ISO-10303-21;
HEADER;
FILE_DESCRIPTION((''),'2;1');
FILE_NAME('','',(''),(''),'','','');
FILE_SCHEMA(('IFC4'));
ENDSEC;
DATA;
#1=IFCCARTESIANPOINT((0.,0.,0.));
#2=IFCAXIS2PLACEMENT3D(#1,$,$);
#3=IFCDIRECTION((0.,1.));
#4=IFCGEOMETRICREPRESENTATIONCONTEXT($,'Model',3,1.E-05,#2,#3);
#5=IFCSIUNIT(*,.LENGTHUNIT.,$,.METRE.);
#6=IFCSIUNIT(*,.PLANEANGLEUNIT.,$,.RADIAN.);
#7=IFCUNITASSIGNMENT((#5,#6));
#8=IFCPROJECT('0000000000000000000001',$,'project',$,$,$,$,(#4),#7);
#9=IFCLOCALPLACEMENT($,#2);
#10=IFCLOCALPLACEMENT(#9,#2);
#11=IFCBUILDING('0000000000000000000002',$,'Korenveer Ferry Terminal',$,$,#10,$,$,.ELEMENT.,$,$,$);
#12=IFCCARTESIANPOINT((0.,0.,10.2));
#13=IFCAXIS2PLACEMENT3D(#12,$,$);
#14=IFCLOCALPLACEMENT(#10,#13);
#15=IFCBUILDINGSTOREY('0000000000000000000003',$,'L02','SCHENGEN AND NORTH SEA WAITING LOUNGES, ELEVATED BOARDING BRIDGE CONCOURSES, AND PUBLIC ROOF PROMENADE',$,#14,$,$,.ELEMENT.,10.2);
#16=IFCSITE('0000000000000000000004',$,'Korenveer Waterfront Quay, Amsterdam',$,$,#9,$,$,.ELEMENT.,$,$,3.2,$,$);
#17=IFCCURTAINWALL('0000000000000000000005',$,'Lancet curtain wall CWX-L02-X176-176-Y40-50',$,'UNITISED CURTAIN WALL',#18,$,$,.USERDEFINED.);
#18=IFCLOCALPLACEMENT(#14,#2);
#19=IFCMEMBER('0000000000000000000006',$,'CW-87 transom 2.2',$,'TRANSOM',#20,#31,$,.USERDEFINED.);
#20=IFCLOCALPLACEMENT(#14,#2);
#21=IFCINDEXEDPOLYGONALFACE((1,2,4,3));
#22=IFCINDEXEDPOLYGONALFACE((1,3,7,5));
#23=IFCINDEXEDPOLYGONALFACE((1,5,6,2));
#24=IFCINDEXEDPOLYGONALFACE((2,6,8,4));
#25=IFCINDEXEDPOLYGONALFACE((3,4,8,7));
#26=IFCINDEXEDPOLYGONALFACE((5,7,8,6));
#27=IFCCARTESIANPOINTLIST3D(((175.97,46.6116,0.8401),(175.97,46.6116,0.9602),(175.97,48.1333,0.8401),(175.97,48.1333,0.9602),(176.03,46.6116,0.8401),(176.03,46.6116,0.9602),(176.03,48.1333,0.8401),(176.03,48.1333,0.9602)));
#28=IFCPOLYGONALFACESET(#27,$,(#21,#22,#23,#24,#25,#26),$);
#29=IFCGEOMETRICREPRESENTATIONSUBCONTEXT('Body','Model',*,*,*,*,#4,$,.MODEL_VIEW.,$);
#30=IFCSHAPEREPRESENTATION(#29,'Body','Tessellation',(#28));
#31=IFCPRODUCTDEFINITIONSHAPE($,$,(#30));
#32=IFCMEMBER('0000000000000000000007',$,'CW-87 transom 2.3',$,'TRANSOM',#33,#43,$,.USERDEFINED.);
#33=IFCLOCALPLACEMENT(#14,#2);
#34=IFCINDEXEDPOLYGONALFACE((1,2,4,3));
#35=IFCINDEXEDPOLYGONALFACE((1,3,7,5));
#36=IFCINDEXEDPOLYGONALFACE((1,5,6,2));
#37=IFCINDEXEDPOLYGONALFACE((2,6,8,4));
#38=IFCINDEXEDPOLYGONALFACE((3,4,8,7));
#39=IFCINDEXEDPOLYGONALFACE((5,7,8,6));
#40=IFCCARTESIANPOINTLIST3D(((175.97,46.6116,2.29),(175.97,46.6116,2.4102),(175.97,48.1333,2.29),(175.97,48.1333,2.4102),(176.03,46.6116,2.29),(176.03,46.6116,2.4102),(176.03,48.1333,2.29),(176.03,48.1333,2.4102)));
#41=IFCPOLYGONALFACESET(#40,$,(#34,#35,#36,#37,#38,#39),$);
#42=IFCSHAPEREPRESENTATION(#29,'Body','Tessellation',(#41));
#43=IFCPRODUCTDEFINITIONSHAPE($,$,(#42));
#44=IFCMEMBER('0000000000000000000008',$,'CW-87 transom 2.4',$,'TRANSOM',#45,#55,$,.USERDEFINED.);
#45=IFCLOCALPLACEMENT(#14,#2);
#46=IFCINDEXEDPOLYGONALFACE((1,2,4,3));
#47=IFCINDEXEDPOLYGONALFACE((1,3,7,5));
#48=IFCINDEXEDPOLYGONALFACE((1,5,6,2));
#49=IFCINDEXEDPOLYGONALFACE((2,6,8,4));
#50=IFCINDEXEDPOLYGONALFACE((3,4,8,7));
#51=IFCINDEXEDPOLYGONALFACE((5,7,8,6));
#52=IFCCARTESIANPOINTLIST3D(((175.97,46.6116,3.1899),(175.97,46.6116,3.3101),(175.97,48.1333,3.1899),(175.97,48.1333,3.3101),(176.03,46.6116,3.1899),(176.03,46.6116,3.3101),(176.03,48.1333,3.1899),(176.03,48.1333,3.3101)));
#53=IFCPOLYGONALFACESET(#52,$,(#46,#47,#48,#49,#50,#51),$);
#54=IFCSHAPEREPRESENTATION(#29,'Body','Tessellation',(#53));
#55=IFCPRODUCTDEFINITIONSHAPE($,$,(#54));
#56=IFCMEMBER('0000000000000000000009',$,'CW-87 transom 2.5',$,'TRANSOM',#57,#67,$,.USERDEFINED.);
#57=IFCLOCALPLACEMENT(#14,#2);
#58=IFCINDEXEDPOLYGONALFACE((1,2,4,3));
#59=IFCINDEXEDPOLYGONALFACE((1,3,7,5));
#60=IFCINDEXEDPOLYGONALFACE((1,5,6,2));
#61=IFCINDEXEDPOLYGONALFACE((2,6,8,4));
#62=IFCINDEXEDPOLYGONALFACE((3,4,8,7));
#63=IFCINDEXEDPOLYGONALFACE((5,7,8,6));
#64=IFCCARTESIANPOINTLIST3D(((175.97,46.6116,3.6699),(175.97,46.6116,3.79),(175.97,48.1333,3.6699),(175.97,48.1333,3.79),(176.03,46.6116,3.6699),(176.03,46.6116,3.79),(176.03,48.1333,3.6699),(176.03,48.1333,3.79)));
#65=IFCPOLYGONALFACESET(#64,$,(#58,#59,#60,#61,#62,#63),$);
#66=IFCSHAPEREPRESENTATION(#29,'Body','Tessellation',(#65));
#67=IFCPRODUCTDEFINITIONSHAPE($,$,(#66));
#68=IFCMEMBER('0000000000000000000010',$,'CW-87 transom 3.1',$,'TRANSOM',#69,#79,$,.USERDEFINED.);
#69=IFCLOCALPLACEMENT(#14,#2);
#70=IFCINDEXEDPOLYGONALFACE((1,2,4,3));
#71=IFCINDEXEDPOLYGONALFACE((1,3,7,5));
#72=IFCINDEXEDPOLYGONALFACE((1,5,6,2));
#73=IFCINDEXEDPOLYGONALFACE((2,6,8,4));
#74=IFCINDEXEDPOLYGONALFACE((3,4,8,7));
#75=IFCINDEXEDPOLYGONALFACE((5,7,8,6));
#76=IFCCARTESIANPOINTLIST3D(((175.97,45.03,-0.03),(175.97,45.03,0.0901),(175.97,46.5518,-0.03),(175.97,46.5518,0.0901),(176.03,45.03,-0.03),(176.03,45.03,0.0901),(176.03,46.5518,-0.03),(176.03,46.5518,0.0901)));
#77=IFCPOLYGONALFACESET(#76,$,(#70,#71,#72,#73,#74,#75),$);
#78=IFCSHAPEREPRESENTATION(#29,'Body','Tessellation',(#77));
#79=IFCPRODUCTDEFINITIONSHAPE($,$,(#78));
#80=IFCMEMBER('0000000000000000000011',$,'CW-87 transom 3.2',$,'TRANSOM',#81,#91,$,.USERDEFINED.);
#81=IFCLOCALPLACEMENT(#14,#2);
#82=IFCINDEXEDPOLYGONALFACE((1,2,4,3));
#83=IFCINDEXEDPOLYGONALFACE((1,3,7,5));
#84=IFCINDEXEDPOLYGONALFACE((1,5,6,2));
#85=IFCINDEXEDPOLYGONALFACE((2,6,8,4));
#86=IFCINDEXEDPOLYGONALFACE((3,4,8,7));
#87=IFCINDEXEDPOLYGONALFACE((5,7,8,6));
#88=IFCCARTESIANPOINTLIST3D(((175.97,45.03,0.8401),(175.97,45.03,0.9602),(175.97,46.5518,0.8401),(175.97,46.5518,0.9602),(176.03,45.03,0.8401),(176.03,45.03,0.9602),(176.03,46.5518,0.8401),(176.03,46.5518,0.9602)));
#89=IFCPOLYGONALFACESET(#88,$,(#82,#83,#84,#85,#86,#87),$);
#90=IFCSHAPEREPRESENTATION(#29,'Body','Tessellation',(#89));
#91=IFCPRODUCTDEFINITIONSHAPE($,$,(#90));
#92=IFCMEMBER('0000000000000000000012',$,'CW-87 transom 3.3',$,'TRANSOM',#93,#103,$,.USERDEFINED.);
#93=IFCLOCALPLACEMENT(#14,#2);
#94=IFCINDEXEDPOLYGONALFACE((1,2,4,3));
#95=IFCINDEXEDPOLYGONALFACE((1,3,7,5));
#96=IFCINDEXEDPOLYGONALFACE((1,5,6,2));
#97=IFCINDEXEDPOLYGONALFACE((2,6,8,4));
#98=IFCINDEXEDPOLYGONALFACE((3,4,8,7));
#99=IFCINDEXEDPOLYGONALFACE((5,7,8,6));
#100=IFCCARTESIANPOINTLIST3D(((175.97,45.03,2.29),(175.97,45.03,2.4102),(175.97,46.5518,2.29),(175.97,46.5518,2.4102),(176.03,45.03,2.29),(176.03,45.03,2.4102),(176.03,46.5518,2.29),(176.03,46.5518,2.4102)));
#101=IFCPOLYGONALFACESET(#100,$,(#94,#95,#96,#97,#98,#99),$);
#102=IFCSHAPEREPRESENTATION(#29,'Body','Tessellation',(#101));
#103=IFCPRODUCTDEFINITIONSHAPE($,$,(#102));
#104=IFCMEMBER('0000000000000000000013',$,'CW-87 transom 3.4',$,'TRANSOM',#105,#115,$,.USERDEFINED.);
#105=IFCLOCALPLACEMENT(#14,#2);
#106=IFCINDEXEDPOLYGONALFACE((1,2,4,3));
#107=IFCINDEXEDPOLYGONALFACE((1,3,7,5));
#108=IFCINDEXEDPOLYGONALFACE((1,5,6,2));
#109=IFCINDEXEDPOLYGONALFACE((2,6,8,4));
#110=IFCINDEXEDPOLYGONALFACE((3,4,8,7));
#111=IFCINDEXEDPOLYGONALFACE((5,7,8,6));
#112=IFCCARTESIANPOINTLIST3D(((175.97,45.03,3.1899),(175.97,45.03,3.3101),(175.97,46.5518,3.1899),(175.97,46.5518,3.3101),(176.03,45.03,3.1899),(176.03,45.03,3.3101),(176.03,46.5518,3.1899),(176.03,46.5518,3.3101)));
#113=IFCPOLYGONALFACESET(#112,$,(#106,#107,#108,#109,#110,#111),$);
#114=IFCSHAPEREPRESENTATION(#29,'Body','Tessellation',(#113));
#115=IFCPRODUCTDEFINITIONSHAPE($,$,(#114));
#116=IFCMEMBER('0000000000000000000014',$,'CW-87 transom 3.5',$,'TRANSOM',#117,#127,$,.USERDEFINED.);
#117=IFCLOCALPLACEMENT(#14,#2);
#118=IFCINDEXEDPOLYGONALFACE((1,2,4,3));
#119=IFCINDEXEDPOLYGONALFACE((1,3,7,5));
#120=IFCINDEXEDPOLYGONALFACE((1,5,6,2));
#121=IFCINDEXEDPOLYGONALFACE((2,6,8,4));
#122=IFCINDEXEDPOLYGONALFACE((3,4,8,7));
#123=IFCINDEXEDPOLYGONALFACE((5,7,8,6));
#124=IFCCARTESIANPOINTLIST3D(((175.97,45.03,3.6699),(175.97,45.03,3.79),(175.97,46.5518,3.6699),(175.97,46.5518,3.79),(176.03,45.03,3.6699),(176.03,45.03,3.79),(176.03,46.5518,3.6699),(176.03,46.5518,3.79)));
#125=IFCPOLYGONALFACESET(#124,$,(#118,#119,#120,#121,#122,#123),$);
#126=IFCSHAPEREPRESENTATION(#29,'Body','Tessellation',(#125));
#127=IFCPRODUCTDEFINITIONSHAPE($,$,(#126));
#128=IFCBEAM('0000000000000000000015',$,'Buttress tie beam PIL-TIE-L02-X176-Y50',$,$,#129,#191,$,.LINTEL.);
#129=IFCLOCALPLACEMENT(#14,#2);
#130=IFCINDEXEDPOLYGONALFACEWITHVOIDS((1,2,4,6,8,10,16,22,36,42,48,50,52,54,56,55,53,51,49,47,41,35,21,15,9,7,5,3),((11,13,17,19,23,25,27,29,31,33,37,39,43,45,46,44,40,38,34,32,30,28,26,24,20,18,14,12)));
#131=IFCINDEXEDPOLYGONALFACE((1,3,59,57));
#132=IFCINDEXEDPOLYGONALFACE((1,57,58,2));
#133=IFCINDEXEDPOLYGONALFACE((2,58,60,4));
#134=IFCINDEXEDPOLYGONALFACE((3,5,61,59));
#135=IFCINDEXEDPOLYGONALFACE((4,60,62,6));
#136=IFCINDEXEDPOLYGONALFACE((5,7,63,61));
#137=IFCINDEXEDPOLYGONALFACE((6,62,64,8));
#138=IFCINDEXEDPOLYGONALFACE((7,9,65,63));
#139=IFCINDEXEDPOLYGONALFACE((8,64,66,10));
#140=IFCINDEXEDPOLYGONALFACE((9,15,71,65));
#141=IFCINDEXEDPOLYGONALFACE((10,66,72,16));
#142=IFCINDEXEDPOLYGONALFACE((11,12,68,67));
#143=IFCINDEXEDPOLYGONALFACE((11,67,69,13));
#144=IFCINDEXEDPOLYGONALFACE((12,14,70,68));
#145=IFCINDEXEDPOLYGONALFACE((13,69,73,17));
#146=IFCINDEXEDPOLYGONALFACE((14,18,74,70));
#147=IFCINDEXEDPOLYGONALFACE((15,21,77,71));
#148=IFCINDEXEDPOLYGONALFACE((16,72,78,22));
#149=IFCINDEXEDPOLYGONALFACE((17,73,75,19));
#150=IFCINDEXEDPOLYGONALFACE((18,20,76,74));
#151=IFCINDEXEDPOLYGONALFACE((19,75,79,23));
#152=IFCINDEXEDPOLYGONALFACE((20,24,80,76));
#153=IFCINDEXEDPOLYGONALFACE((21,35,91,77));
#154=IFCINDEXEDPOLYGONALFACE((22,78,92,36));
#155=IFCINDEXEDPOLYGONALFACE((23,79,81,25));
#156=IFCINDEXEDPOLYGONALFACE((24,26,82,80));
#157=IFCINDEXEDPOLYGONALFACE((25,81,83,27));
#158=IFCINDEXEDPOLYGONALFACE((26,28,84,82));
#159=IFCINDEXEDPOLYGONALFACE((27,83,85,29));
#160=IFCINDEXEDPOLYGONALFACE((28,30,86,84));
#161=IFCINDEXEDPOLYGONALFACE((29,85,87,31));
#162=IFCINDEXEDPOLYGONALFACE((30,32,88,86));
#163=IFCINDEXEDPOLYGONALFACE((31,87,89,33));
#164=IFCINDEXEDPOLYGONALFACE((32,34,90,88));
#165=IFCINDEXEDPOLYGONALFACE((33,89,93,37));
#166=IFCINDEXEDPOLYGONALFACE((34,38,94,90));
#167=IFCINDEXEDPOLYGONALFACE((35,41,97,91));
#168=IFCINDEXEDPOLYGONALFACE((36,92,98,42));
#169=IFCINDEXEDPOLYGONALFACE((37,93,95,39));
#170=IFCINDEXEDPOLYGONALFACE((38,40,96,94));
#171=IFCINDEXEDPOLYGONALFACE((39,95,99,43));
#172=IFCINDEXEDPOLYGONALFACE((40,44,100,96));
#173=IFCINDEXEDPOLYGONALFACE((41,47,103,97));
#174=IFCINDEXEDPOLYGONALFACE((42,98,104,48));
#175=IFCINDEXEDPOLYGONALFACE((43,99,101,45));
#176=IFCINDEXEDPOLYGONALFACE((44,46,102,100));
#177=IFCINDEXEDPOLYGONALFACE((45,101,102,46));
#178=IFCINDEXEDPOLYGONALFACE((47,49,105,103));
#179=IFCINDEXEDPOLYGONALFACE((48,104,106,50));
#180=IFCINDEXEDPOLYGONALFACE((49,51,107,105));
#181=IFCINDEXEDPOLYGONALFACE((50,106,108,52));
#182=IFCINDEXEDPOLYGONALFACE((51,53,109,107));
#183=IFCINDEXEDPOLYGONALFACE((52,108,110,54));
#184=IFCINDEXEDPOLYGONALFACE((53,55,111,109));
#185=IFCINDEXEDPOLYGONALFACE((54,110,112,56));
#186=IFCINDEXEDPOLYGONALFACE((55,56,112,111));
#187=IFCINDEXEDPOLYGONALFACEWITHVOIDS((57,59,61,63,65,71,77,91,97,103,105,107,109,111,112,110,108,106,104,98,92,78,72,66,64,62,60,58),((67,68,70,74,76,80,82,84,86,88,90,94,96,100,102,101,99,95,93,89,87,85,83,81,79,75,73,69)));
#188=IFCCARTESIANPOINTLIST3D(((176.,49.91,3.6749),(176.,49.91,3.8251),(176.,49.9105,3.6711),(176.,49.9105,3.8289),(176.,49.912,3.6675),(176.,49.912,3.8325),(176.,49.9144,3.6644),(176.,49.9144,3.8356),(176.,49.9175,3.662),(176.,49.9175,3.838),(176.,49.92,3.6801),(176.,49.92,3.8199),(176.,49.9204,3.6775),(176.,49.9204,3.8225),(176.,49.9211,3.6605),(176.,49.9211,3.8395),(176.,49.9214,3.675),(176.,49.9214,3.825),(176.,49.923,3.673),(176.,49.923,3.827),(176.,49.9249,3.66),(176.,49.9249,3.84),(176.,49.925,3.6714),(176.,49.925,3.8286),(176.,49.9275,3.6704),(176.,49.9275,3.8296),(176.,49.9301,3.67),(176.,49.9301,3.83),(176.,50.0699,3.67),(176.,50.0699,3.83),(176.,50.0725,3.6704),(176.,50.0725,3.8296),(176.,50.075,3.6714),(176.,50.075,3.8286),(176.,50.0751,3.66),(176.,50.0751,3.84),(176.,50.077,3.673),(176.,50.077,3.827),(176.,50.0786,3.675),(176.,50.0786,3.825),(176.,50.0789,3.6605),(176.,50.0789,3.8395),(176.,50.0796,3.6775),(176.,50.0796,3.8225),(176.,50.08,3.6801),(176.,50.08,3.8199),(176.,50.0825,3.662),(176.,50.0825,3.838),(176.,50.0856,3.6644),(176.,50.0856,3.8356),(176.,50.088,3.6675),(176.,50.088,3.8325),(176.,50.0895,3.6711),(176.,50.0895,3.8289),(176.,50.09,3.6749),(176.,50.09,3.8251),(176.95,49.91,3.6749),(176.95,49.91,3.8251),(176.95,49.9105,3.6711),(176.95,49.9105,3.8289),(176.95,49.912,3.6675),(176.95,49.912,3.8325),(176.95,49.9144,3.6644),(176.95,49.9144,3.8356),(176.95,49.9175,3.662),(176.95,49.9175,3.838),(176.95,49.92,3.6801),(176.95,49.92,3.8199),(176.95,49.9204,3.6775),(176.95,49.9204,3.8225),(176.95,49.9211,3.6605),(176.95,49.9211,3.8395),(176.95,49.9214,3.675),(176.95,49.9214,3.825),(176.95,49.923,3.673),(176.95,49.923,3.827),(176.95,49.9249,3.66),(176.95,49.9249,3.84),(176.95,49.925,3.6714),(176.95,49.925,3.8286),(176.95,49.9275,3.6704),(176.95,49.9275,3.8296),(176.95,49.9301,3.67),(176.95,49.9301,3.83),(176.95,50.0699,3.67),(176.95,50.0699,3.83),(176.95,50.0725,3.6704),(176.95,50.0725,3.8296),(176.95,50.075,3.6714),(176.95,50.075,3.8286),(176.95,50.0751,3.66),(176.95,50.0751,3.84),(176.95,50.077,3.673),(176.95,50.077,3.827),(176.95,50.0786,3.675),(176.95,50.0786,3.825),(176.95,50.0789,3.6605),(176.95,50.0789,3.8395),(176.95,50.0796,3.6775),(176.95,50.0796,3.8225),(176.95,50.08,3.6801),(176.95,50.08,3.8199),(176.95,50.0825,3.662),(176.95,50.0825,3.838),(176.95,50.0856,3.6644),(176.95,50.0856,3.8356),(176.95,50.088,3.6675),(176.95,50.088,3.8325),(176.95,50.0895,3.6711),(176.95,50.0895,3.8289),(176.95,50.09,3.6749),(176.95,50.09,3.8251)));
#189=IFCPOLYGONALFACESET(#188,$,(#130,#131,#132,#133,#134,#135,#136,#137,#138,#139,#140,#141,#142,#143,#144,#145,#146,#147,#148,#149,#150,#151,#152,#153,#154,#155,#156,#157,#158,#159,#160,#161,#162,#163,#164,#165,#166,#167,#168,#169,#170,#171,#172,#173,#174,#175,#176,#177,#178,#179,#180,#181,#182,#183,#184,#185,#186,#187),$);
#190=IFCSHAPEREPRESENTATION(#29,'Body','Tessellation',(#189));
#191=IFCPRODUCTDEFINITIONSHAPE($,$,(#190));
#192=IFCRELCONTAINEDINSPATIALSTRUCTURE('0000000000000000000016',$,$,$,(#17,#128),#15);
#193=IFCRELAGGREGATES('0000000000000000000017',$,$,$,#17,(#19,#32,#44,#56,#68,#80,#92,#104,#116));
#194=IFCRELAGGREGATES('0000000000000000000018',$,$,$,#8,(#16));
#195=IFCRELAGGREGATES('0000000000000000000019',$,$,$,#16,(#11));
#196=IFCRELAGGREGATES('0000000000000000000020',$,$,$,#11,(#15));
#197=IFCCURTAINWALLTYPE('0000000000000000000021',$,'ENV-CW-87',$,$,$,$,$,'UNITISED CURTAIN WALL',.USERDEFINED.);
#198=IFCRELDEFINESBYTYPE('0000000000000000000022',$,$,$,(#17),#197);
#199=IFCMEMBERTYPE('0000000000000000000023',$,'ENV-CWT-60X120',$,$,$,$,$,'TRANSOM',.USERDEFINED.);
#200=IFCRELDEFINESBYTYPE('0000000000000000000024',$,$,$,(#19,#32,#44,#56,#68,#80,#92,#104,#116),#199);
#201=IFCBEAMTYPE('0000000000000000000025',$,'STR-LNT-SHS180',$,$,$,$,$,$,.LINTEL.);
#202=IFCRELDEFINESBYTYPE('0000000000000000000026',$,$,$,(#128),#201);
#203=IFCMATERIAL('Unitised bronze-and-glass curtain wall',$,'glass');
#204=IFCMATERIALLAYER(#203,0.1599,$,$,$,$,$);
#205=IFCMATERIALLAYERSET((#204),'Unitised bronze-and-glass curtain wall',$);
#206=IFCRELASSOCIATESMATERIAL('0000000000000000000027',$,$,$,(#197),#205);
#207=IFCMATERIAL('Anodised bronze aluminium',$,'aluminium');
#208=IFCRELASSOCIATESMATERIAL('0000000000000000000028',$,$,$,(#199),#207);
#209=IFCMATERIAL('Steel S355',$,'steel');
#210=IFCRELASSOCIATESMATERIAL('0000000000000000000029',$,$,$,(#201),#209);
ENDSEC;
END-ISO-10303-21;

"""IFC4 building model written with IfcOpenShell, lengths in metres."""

from ifc_helpers import new_model, si_unit, direction, frame, origin, origin_2d, place, context, subcontext, project, spatial, rectangle, hollow_rectangle, extrude, material, layer, layer_set, material_profile, profile_set, type_object, element, aggregate, save


model = new_model("IFC4")

# Units and contexts
model_context = context("Model", 3, precision=1e-05, world=origin(), true_north=direction((0.0, 1.0)))
body_context = subcontext(model_context, "Body", "Model", "MODEL_VIEW")
ifc_project = project(units=[si_unit("LENGTHUNIT", "METRE"), si_unit("PLANEANGLEUNIT", "RADIAN")], contexts=[model_context])

# Site, building, storey
site_placement = place(None, origin())
site = spatial("IfcSite", under=ifc_project, at=site_placement, Name="Korenveer Waterfront Quay, Amsterdam", CompositionType="ELEMENT", RefElevation=3.2)
building_placement = place(site_placement, origin())
building = spatial("IfcBuilding", under=site, at=building_placement, Name="Korenveer Ferry Terminal", CompositionType="ELEMENT")
storey_placement = place(building_placement, frame((0.0, 0.0, 10.2)))
storey = spatial("IfcBuildingStorey", under=building, at=storey_placement, Name="L02", Description="SCHENGEN AND NORTH SEA WAITING LOUNGES, ELEVATED BOARDING BRIDGE CONCOURSES, AND PUBLIC ROOF PROMENADE", CompositionType="ELEMENT", Elevation=10.2)

# Shared definitions
ifc_material_1 = material(Name="Steel S355", Category="steel")

# Curtain wall, members
ifc_material_2 = material(Name="Unitised bronze-and-glass curtain wall", Category="glass")
ifc_layer_1 = layer(ifc_material_2, 0.1599)
ifc_layer_set_1 = layer_set([ifc_layer_1], Name="Unitised bronze-and-glass curtain wall")
curtain_wall_type = type_object("IfcCurtainWallType", Name="ENV-CW-87", ElementType="UNITISED CURTAIN WALL", PredefinedType="USERDEFINED", material=ifc_layer_set_1)
curtain_wall_placement = place(storey_placement, frame((176.0, 49.7451, 0.0)))
curtain_wall = element("IfcCurtainWall", 1, at=curtain_wall_placement, inside=storey, type_object=curtain_wall_type, Name="Lancet curtain wall CWX-L02-X176-176-Y40-50", ObjectType="UNITISED CURTAIN WALL", PredefinedType="USERDEFINED")
ifc_material_3 = material(Name="Anodised bronze aluminium", Category="aluminium")
ifc_material_profile_1 = material_profile(ifc_material_3, rectangle(XDim=0.0601, YDim=0.1201, at=origin_2d()), Name="ALU 60x120")
ifc_profile_set_1 = profile_set([ifc_material_profile_1], Name="Anodised bronze aluminium")
member_type_1 = type_object("IfcMemberType", Name="ENV-CWT-60X120", ElementType="TRANSOM", PredefinedType="USERDEFINED", material=ifc_profile_set_1)
member_1_placement = place(storey_placement, frame((176.0, 48.1333, 0.9001), z_axis=(0.0, -1.0, 0.0), x_axis=(1.0, 0.0, 0.0)))
member_1 = element("IfcMember", 2, at=member_1_placement, type_object=member_type_1, Name="CW-87 transom 2.2", ObjectType="TRANSOM", PredefinedType="USERDEFINED", context=body_context, shape_type="SweptSolid", body=[
    extrude(rectangle(XDim=0.0601, YDim=0.1201, at=origin_2d()), origin(), (0.0, 0.0, 1.0), 1.5217),
])
member_2_placement = place(storey_placement, frame((176.0, 48.1333, 2.3501), z_axis=(0.0, -1.0, 0.0), x_axis=(1.0, 0.0, 0.0)))
member_2 = element("IfcMember", 3, at=member_2_placement, type_object=member_type_1, Name="CW-87 transom 2.3", ObjectType="TRANSOM", PredefinedType="USERDEFINED", context=body_context, shape_type="SweptSolid", body=[
    extrude(rectangle(XDim=0.0601, YDim=0.1201, at=origin_2d()), origin(), (0.0, 0.0, 1.0), 1.5217),
])
member_3_placement = place(storey_placement, frame((176.0, 48.1333, 3.25), z_axis=(0.0, -1.0, 0.0), x_axis=(1.0, 0.0, 0.0)))
member_3 = element("IfcMember", 4, at=member_3_placement, type_object=member_type_1, Name="CW-87 transom 2.4", ObjectType="TRANSOM", PredefinedType="USERDEFINED", context=body_context, shape_type="SweptSolid", body=[
    extrude(rectangle(XDim=0.0601, YDim=0.1201, at=origin_2d()), origin(), (0.0, 0.0, 1.0), 1.5217),
])
member_4_placement = place(storey_placement, frame((176.0, 48.1333, 3.73), z_axis=(0.0, -1.0, 0.0), x_axis=(1.0, 0.0, 0.0)))
member_4 = element("IfcMember", 5, at=member_4_placement, type_object=member_type_1, Name="CW-87 transom 2.5", ObjectType="TRANSOM", PredefinedType="USERDEFINED", context=body_context, shape_type="SweptSolid", body=[
    extrude(rectangle(XDim=0.0601, YDim=0.1201, at=origin_2d()), origin(), (0.0, 0.0, 1.0), 1.5217),
])
member_5_placement = place(storey_placement, frame((176.0, 46.5518, 0.03), z_axis=(0.0, -1.0, 0.0), x_axis=(1.0, 0.0, 0.0)))
member_5 = element("IfcMember", 6, at=member_5_placement, type_object=member_type_1, Name="CW-87 transom 3.1", ObjectType="TRANSOM", PredefinedType="USERDEFINED", context=body_context, shape_type="SweptSolid", body=[
    extrude(rectangle(XDim=0.0601, YDim=0.1201, at=origin_2d()), origin(), (0.0, 0.0, 1.0), 1.5217),
])
member_6_placement = place(storey_placement, frame((176.0, 46.5518, 0.9001), z_axis=(0.0, -1.0, 0.0), x_axis=(1.0, 0.0, 0.0)))
member_6 = element("IfcMember", 7, at=member_6_placement, type_object=member_type_1, Name="CW-87 transom 3.2", ObjectType="TRANSOM", PredefinedType="USERDEFINED", context=body_context, shape_type="SweptSolid", body=[
    extrude(rectangle(XDim=0.0601, YDim=0.1201, at=origin_2d()), origin(), (0.0, 0.0, 1.0), 1.5217),
])
member_7_placement = place(storey_placement, frame((176.0, 46.5518, 2.3501), z_axis=(0.0, -1.0, 0.0), x_axis=(1.0, 0.0, 0.0)))
member_7 = element("IfcMember", 8, at=member_7_placement, type_object=member_type_1, Name="CW-87 transom 3.3", ObjectType="TRANSOM", PredefinedType="USERDEFINED", context=body_context, shape_type="SweptSolid", body=[
    extrude(rectangle(XDim=0.0601, YDim=0.1201, at=origin_2d()), origin(), (0.0, 0.0, 1.0), 1.5217),
])
member_8_placement = place(storey_placement, frame((176.0, 46.5518, 3.25), z_axis=(0.0, -1.0, 0.0), x_axis=(1.0, 0.0, 0.0)))
member_8 = element("IfcMember", 9, at=member_8_placement, type_object=member_type_1, Name="CW-87 transom 3.4", ObjectType="TRANSOM", PredefinedType="USERDEFINED", context=body_context, shape_type="SweptSolid", body=[
    extrude(rectangle(XDim=0.0601, YDim=0.1201, at=origin_2d()), origin(), (0.0, 0.0, 1.0), 1.5217),
])
member_9_placement = place(storey_placement, frame((176.0, 46.5518, 3.73), z_axis=(0.0, -1.0, 0.0), x_axis=(1.0, 0.0, 0.0)))
member_9 = element("IfcMember", 10, at=member_9_placement, type_object=member_type_1, Name="CW-87 transom 3.5", ObjectType="TRANSOM", PredefinedType="USERDEFINED", context=body_context, shape_type="SweptSolid", body=[
    extrude(rectangle(XDim=0.0601, YDim=0.1201, at=origin_2d()), origin(), (0.0, 0.0, 1.0), 1.5217),
])

# Beam
ifc_material_profile_2 = material_profile(ifc_material_1, hollow_rectangle(XDim=0.1799, YDim=0.1799, WallThickness=0.01, InnerFilletRadius=0.01, OuterFilletRadius=0.0149, at=origin_2d()), Name="SHS 180x180x10")
ifc_profile_set_2 = profile_set([ifc_material_profile_2], Name="Steel S355")
beam_type = type_object("IfcBeamType", Name="STR-LNT-SHS180", PredefinedType="LINTEL", material=ifc_profile_set_2)
beam_placement = place(storey_placement, frame((176.0, 50.0, 3.75), z_axis=(1.0, 0.0, 0.0), x_axis=(0.0, 1.0, 0.0)))
element("IfcBeam", 11, at=beam_placement, inside=storey, type_object=beam_type, Name="Buttress tie beam PIL-TIE-L02-X176-Y50", PredefinedType="LINTEL", context=body_context, shape_type="SweptSolid", body=[
    extrude(hollow_rectangle(XDim=0.1799, YDim=0.1799, WallThickness=0.01, InnerFilletRadius=0.01, OuterFilletRadius=0.0149, at=origin_2d()), origin(), (0.0, 0.0, 1.0), 0.95),
])

aggregate(curtain_wall, [member_1, member_2, member_3, member_4, member_5, member_6, member_7, member_8, member_9])

save(model, "model.ifc")
